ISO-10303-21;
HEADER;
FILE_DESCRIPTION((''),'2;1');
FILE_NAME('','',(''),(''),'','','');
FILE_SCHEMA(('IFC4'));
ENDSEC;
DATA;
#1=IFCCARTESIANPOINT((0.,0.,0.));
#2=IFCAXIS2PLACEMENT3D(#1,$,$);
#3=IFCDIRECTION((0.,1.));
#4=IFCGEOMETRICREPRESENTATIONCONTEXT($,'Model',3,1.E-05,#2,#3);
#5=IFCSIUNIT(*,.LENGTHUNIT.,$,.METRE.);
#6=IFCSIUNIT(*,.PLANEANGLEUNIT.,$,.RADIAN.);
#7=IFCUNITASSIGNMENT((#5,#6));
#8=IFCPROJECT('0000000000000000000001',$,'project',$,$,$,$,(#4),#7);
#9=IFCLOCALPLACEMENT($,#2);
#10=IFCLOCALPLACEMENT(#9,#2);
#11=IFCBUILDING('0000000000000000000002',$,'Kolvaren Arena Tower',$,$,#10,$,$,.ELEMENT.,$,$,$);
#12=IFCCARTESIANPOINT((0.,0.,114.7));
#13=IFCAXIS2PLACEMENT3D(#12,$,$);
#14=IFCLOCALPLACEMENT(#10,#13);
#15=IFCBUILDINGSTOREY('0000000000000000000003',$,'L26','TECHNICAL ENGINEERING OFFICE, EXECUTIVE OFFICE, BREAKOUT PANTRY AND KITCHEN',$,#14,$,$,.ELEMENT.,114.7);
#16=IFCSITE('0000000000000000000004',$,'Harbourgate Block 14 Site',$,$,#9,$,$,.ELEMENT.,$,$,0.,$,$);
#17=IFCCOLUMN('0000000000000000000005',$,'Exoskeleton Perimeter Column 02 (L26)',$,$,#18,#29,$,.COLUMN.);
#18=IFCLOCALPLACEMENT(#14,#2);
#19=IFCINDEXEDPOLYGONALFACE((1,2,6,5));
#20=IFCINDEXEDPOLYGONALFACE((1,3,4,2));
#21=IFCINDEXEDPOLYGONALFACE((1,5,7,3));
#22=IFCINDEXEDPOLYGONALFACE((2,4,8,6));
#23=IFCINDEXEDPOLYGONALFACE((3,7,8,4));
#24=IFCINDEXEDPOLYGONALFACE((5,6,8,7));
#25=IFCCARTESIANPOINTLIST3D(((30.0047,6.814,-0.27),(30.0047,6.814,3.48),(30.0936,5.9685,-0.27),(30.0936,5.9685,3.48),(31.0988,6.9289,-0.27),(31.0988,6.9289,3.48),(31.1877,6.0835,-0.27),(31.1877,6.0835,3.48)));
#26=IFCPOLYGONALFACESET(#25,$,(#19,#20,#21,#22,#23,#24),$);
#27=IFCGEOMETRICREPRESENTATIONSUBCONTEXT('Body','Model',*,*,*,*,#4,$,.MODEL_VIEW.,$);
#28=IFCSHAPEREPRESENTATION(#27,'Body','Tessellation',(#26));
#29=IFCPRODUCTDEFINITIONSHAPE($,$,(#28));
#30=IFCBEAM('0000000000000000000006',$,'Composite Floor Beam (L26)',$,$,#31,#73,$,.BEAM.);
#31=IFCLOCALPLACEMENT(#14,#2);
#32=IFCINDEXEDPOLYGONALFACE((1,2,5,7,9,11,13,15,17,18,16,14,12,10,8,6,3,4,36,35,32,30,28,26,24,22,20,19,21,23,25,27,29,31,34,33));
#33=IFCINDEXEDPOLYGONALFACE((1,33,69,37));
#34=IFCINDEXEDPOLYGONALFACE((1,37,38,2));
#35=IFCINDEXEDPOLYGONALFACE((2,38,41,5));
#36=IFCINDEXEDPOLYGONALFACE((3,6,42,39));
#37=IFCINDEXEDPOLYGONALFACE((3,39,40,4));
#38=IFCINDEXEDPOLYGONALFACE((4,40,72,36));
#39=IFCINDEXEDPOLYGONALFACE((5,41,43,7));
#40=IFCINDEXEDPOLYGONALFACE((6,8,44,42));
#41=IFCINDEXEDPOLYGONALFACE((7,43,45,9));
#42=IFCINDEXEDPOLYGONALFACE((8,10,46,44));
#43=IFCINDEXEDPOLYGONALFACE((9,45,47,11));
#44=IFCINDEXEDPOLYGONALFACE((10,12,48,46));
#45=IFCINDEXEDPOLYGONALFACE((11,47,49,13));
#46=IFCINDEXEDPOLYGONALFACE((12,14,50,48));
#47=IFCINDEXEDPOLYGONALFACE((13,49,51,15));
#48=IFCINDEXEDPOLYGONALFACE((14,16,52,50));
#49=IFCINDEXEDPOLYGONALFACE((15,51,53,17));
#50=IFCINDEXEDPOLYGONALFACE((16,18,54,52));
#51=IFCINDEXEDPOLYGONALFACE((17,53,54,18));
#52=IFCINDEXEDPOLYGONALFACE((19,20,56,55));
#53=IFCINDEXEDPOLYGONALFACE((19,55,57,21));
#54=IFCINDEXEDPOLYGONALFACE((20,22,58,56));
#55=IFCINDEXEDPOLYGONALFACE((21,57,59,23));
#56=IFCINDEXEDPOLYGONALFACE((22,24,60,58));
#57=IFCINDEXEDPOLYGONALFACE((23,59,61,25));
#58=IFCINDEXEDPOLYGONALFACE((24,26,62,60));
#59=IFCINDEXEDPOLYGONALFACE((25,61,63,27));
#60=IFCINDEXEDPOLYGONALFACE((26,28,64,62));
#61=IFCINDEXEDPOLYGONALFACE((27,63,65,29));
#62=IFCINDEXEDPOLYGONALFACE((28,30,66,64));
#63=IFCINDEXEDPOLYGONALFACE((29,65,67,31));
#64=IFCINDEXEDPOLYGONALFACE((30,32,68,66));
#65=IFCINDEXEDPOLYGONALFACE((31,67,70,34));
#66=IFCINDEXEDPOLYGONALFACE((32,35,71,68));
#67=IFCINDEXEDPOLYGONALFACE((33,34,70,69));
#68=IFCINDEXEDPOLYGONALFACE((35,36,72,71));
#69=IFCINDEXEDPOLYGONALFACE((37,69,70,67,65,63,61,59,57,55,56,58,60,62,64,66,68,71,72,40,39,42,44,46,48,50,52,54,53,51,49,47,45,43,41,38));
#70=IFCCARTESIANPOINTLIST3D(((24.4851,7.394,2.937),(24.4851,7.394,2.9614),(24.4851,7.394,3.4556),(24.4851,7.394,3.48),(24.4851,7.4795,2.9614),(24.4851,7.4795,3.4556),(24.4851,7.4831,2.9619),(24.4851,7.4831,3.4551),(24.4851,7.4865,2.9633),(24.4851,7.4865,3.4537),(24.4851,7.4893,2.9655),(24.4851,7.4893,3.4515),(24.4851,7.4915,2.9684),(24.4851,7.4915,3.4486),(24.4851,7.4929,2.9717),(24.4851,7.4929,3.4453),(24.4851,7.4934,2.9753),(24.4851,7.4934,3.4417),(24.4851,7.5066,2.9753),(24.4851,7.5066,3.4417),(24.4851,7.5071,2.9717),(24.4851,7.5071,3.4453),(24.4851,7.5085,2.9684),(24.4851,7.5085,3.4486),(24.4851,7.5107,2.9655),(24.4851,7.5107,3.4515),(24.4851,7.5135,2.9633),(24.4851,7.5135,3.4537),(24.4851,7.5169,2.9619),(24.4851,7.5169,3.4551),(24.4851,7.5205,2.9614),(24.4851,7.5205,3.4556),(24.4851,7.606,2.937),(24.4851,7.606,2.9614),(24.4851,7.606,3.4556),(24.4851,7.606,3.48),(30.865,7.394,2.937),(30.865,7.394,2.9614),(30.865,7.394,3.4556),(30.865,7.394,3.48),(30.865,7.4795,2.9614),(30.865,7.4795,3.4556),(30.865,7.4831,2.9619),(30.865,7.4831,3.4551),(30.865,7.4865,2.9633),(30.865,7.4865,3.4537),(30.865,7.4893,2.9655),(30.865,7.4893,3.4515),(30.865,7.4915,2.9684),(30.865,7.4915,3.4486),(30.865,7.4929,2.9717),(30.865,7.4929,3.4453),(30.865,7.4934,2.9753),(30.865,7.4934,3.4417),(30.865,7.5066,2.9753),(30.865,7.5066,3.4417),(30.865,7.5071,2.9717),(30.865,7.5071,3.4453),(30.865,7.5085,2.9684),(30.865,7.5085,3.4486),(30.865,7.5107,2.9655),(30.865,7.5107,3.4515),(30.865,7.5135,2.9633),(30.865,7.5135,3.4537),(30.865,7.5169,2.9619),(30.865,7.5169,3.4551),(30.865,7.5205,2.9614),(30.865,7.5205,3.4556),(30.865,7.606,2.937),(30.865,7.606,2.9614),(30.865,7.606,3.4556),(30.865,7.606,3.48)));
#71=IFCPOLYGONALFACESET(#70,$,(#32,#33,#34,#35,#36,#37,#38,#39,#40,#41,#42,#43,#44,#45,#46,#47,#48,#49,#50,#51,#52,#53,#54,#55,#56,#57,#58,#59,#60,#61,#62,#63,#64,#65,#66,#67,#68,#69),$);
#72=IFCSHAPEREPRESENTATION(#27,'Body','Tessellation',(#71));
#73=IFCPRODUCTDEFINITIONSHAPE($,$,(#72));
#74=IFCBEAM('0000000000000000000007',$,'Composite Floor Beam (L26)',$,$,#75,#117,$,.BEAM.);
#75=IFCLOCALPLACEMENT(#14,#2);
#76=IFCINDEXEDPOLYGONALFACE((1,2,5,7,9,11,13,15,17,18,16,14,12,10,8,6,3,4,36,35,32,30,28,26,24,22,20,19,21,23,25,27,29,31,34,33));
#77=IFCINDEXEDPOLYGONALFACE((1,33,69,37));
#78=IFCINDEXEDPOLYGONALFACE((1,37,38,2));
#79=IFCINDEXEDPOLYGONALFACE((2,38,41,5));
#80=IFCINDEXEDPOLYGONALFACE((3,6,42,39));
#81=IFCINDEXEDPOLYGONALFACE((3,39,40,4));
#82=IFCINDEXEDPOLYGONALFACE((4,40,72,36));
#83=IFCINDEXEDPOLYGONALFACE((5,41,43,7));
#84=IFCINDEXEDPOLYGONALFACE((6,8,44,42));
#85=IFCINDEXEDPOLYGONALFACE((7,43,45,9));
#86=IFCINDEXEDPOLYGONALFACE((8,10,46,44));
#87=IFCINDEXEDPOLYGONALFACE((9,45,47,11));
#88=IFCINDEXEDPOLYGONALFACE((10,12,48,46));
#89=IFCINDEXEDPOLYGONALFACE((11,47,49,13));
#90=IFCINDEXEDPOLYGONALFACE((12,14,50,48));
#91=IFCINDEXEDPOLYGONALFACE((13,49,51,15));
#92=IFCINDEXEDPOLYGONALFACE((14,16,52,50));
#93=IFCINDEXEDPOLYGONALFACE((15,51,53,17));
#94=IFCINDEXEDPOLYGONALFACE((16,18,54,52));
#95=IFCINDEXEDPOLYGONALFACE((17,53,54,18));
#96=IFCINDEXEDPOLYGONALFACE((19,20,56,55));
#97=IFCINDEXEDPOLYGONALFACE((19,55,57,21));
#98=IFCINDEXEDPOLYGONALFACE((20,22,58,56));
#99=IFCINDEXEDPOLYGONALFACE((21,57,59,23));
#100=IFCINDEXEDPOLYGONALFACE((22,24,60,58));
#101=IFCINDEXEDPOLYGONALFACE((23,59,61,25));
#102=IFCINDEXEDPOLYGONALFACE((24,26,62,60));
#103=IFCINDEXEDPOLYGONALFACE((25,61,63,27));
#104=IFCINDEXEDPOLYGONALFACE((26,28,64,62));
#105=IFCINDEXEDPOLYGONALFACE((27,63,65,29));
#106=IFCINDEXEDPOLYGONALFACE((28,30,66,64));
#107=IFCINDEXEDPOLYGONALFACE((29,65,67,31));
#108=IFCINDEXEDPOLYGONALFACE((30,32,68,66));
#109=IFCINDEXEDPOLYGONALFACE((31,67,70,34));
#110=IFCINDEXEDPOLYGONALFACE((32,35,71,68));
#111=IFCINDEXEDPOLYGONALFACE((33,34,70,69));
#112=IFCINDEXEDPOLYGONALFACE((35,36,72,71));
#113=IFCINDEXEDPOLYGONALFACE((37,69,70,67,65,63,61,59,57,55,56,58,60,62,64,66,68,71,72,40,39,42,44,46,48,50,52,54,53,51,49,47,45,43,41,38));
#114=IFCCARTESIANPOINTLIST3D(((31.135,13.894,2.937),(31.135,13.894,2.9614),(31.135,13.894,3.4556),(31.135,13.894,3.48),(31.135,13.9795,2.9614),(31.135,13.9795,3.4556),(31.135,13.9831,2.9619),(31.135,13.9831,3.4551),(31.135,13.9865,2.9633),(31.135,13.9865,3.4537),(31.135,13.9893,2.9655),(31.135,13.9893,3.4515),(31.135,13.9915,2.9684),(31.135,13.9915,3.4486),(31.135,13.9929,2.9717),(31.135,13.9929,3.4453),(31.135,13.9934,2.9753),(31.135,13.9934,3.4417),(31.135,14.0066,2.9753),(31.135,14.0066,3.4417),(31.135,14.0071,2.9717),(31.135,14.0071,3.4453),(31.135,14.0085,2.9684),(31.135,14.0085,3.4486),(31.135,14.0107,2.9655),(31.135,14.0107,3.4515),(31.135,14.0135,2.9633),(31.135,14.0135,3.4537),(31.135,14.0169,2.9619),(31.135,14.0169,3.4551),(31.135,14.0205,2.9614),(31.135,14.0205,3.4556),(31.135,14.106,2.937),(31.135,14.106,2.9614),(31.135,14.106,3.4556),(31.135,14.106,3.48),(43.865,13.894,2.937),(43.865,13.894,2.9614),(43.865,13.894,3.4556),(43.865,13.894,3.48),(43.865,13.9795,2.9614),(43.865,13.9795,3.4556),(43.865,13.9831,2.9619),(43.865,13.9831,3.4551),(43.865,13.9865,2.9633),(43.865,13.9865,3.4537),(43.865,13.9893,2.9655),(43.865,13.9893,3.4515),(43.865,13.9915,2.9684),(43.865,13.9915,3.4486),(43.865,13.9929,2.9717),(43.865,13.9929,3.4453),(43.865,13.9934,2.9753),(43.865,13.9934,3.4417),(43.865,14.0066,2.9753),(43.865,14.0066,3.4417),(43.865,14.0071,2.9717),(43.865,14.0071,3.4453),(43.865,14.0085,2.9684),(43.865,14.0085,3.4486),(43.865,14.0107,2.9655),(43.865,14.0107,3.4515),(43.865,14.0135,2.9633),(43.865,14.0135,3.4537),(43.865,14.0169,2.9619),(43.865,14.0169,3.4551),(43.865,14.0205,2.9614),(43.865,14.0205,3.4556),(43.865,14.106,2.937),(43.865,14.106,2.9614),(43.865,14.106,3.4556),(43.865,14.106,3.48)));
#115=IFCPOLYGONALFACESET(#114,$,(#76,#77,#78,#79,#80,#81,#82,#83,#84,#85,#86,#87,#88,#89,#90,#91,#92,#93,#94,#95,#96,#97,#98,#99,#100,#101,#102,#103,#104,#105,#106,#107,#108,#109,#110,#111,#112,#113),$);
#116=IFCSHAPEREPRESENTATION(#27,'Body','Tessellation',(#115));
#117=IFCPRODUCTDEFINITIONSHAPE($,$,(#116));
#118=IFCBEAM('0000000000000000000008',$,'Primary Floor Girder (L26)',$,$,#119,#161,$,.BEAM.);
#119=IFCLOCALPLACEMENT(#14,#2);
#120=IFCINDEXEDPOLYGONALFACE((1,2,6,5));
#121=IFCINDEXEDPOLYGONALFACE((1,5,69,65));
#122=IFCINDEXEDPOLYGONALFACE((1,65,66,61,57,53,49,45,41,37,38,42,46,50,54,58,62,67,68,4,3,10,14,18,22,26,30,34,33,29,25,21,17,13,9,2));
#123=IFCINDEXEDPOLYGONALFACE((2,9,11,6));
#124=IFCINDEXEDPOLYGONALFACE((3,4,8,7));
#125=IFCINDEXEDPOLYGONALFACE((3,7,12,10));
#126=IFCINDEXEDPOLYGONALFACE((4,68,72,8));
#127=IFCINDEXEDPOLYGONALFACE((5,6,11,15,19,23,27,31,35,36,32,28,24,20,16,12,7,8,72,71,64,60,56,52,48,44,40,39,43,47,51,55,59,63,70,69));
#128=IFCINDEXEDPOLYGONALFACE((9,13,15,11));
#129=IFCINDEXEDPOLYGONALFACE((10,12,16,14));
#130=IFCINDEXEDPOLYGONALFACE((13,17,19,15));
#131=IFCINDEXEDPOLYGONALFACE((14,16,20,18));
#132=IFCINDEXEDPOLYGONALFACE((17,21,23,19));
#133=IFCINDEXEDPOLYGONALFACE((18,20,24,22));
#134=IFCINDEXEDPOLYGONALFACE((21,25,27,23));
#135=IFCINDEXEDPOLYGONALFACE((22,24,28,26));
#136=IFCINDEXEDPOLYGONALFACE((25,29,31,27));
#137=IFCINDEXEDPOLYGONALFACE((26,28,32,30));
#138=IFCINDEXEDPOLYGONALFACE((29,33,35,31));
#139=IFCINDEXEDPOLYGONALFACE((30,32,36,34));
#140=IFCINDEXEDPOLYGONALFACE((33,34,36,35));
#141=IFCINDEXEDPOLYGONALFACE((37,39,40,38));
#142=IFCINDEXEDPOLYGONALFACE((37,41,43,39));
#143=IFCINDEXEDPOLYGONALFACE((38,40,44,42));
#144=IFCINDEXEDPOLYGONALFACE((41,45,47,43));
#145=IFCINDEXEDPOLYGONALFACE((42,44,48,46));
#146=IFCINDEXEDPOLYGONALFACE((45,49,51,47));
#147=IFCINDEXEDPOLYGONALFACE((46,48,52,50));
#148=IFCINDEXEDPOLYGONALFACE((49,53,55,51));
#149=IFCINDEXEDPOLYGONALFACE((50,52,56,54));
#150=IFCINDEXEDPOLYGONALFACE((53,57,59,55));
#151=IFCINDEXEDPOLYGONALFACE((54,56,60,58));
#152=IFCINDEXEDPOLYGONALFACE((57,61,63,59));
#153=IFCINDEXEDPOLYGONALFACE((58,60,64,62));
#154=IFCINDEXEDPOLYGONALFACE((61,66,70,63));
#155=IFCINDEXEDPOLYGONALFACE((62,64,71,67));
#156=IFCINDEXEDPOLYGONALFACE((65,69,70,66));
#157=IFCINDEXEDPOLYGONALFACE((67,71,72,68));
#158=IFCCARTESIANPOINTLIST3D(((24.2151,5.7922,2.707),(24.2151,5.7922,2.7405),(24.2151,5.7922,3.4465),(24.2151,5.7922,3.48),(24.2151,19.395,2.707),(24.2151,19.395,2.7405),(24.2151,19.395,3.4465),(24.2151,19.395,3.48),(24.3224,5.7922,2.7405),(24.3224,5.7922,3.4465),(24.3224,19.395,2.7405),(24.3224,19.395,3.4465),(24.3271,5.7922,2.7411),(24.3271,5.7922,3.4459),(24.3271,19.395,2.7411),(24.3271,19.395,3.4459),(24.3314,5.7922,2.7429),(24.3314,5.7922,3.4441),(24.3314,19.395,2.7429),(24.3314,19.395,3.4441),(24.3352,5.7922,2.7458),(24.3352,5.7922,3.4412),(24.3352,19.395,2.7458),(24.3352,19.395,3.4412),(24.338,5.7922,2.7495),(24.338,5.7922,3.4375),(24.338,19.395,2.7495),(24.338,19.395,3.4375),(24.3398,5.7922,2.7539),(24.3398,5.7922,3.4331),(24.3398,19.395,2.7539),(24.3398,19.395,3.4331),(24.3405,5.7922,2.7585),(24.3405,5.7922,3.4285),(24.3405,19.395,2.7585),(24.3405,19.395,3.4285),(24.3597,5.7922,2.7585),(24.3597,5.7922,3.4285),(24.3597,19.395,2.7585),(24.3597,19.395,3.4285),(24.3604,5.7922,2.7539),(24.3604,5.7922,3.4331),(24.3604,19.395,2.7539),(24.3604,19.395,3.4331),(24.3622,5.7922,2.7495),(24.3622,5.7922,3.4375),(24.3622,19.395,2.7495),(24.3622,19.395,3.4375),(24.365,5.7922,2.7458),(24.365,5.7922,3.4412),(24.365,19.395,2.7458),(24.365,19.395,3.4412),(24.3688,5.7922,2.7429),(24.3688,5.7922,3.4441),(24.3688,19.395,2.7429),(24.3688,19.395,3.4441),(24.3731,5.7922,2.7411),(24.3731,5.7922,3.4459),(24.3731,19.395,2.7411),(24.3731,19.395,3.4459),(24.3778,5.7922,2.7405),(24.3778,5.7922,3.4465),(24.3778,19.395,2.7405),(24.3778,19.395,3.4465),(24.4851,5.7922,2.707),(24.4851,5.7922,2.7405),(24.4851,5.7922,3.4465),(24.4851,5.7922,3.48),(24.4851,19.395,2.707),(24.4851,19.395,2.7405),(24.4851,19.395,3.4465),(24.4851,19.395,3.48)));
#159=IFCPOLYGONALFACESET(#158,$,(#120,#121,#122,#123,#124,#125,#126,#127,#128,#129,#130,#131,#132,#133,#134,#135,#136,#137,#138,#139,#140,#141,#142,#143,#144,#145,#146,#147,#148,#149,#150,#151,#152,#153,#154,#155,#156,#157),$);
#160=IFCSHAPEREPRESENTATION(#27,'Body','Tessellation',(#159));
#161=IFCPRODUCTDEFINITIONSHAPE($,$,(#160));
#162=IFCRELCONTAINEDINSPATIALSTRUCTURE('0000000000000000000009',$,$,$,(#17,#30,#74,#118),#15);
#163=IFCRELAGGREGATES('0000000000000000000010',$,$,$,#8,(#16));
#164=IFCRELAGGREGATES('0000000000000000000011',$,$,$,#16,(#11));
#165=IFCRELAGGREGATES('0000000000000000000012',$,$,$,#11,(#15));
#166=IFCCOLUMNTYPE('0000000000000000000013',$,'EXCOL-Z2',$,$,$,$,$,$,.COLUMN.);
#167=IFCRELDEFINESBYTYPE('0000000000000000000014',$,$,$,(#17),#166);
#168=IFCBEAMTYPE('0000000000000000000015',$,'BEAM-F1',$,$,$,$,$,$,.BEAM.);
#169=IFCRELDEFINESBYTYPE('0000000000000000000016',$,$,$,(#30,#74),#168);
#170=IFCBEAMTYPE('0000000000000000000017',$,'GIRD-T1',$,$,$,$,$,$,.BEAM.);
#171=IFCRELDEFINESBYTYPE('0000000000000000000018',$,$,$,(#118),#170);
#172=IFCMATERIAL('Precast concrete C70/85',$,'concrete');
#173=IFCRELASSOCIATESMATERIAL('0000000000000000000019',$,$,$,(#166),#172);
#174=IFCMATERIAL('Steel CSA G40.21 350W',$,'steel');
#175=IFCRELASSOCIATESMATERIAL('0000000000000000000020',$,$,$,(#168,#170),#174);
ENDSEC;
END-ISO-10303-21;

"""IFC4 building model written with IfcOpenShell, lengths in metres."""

from ifc_helpers import new_model, si_unit, direction, frame, origin, origin_2d, place, context, subcontext, project, spatial, rectangle, i_section, extrude, material, material_profile, profile_set, type_object, element, save


model = new_model("IFC4")

# Units and contexts
model_context = context("Model", 3, precision=1e-05, world=origin(), true_north=direction((0.0, 1.0)))
body_context = subcontext(model_context, "Body", "Model", "MODEL_VIEW")
ifc_project = project(units=[si_unit("LENGTHUNIT", "METRE"), si_unit("PLANEANGLEUNIT", "RADIAN")], contexts=[model_context])

# Site, building, storey
site_placement = place(None, origin())
site = spatial("IfcSite", under=ifc_project, at=site_placement, Name="Harbourgate Block 14 Site", CompositionType="ELEMENT", RefElevation=0.0)
building_placement = place(site_placement, origin())
building = spatial("IfcBuilding", under=site, at=building_placement, Name="Kolvaren Arena Tower", CompositionType="ELEMENT")
storey_placement = place(building_placement, frame((0.0, 0.0, 114.7)))
storey = spatial("IfcBuildingStorey", under=building, at=storey_placement, Name="L26", Description="TECHNICAL ENGINEERING OFFICE, EXECUTIVE OFFICE, BREAKOUT PANTRY AND KITCHEN", CompositionType="ELEMENT", Elevation=114.7)

# Column
ifc_material_1 = material(Name="Precast concrete C70/85", Category="concrete")
ifc_material_profile_1 = material_profile(ifc_material_1, rectangle(XDim=1.1001, YDim=0.8501, at=origin_2d()), Name="RC-1100x850")
ifc_profile_set_1 = profile_set([ifc_material_profile_1], Name="Precast concrete C70/85")
column_type = type_object("IfcColumnType", Name="EXCOL-Z2", PredefinedType="COLUMN", material=ifc_profile_set_1)
column_placement = place(storey_placement, frame((30.5962, 6.4487, -0.27), z_axis=(0.0, 0.0, 1.0), x_axis=(0.994522, 0.104528, 0.0)))
element("IfcColumn", 1, at=column_placement, inside=storey, type_object=column_type, Name="Exoskeleton Perimeter Column 02 (L26)", PredefinedType="COLUMN", context=body_context, shape_type="SweptSolid", body=[
    extrude(rectangle(XDim=1.1001, YDim=0.8501, at=origin_2d()), origin(), (0.0, 0.0, 1.0), 3.75),
])

# Beams
ifc_material_2 = material(Name="Steel CSA G40.21 350W", Category="steel")
ifc_material_profile_2 = material_profile(ifc_material_2, i_section(OverallWidth=0.2119, OverallDepth=0.543, WebThickness=0.0132, FlangeThickness=0.0244, FilletRadius=0.0139, at=origin_2d()), Name="W530x150")
ifc_profile_set_2 = profile_set([ifc_material_profile_2], Name="Steel CSA G40.21 350W")
beam_type_1 = type_object("IfcBeamType", Name="BEAM-F1", PredefinedType="BEAM", material=ifc_profile_set_2)
beam_1_placement = place(storey_placement, frame((24.4851, 7.5, 3.2085), z_axis=(1.0, 0.0, 0.0), x_axis=(0.0, 1.0, 0.0)))
element("IfcBeam", 2, at=beam_1_placement, inside=storey, type_object=beam_type_1, Name="Composite Floor Beam (L26)", PredefinedType="BEAM", context=body_context, shape_type="SweptSolid", body=[
    extrude(i_section(OverallWidth=0.2119, OverallDepth=0.543, WebThickness=0.0132, FlangeThickness=0.0244, FilletRadius=0.0139, at=origin_2d()), origin(), (0.0, 0.0, 1.0), 6.3799),
])
beam_2_placement = place(storey_placement, frame((31.135, 14.0, 3.2085), z_axis=(1.0, 0.0, 0.0), x_axis=(0.0, 1.0, 0.0)))
element("IfcBeam", 3, at=beam_2_placement, inside=storey, type_object=beam_type_1, Name="Composite Floor Beam (L26)", PredefinedType="BEAM", context=body_context, shape_type="SweptSolid", body=[
    extrude(i_section(OverallWidth=0.2119, OverallDepth=0.543, WebThickness=0.0132, FlangeThickness=0.0244, FilletRadius=0.0139, at=origin_2d()), origin(), (0.0, 0.0, 1.0), 12.73),
])
ifc_material_profile_3 = material_profile(ifc_material_2, i_section(OverallWidth=0.27, OverallDepth=0.7729, WebThickness=0.0193, FlangeThickness=0.0334, FilletRadius=0.0181, at=origin_2d()), Name="W760x257")
ifc_profile_set_3 = profile_set([ifc_material_profile_3], Name="Steel CSA G40.21 350W")
beam_type_2 = type_object("IfcBeamType", Name="GIRD-T1", PredefinedType="BEAM", material=ifc_profile_set_3)
beam_3_placement = place(storey_placement, frame((24.3501, 5.7922, 3.0935), z_axis=(0.0, 1.0, 0.0), x_axis=(-1.0, 0.0, 0.0)))
element("IfcBeam", 4, at=beam_3_placement, inside=storey, type_object=beam_type_2, Name="Primary Floor Girder (L26)", PredefinedType="BEAM", context=body_context, shape_type="SweptSolid", body=[
    extrude(i_section(OverallWidth=0.27, OverallDepth=0.7729, WebThickness=0.0193, FlangeThickness=0.0334, FilletRadius=0.0181, at=origin_2d()), origin(), (0.0, 0.0, 1.0), 13.6028),
])

save(model, "model.ifc")
